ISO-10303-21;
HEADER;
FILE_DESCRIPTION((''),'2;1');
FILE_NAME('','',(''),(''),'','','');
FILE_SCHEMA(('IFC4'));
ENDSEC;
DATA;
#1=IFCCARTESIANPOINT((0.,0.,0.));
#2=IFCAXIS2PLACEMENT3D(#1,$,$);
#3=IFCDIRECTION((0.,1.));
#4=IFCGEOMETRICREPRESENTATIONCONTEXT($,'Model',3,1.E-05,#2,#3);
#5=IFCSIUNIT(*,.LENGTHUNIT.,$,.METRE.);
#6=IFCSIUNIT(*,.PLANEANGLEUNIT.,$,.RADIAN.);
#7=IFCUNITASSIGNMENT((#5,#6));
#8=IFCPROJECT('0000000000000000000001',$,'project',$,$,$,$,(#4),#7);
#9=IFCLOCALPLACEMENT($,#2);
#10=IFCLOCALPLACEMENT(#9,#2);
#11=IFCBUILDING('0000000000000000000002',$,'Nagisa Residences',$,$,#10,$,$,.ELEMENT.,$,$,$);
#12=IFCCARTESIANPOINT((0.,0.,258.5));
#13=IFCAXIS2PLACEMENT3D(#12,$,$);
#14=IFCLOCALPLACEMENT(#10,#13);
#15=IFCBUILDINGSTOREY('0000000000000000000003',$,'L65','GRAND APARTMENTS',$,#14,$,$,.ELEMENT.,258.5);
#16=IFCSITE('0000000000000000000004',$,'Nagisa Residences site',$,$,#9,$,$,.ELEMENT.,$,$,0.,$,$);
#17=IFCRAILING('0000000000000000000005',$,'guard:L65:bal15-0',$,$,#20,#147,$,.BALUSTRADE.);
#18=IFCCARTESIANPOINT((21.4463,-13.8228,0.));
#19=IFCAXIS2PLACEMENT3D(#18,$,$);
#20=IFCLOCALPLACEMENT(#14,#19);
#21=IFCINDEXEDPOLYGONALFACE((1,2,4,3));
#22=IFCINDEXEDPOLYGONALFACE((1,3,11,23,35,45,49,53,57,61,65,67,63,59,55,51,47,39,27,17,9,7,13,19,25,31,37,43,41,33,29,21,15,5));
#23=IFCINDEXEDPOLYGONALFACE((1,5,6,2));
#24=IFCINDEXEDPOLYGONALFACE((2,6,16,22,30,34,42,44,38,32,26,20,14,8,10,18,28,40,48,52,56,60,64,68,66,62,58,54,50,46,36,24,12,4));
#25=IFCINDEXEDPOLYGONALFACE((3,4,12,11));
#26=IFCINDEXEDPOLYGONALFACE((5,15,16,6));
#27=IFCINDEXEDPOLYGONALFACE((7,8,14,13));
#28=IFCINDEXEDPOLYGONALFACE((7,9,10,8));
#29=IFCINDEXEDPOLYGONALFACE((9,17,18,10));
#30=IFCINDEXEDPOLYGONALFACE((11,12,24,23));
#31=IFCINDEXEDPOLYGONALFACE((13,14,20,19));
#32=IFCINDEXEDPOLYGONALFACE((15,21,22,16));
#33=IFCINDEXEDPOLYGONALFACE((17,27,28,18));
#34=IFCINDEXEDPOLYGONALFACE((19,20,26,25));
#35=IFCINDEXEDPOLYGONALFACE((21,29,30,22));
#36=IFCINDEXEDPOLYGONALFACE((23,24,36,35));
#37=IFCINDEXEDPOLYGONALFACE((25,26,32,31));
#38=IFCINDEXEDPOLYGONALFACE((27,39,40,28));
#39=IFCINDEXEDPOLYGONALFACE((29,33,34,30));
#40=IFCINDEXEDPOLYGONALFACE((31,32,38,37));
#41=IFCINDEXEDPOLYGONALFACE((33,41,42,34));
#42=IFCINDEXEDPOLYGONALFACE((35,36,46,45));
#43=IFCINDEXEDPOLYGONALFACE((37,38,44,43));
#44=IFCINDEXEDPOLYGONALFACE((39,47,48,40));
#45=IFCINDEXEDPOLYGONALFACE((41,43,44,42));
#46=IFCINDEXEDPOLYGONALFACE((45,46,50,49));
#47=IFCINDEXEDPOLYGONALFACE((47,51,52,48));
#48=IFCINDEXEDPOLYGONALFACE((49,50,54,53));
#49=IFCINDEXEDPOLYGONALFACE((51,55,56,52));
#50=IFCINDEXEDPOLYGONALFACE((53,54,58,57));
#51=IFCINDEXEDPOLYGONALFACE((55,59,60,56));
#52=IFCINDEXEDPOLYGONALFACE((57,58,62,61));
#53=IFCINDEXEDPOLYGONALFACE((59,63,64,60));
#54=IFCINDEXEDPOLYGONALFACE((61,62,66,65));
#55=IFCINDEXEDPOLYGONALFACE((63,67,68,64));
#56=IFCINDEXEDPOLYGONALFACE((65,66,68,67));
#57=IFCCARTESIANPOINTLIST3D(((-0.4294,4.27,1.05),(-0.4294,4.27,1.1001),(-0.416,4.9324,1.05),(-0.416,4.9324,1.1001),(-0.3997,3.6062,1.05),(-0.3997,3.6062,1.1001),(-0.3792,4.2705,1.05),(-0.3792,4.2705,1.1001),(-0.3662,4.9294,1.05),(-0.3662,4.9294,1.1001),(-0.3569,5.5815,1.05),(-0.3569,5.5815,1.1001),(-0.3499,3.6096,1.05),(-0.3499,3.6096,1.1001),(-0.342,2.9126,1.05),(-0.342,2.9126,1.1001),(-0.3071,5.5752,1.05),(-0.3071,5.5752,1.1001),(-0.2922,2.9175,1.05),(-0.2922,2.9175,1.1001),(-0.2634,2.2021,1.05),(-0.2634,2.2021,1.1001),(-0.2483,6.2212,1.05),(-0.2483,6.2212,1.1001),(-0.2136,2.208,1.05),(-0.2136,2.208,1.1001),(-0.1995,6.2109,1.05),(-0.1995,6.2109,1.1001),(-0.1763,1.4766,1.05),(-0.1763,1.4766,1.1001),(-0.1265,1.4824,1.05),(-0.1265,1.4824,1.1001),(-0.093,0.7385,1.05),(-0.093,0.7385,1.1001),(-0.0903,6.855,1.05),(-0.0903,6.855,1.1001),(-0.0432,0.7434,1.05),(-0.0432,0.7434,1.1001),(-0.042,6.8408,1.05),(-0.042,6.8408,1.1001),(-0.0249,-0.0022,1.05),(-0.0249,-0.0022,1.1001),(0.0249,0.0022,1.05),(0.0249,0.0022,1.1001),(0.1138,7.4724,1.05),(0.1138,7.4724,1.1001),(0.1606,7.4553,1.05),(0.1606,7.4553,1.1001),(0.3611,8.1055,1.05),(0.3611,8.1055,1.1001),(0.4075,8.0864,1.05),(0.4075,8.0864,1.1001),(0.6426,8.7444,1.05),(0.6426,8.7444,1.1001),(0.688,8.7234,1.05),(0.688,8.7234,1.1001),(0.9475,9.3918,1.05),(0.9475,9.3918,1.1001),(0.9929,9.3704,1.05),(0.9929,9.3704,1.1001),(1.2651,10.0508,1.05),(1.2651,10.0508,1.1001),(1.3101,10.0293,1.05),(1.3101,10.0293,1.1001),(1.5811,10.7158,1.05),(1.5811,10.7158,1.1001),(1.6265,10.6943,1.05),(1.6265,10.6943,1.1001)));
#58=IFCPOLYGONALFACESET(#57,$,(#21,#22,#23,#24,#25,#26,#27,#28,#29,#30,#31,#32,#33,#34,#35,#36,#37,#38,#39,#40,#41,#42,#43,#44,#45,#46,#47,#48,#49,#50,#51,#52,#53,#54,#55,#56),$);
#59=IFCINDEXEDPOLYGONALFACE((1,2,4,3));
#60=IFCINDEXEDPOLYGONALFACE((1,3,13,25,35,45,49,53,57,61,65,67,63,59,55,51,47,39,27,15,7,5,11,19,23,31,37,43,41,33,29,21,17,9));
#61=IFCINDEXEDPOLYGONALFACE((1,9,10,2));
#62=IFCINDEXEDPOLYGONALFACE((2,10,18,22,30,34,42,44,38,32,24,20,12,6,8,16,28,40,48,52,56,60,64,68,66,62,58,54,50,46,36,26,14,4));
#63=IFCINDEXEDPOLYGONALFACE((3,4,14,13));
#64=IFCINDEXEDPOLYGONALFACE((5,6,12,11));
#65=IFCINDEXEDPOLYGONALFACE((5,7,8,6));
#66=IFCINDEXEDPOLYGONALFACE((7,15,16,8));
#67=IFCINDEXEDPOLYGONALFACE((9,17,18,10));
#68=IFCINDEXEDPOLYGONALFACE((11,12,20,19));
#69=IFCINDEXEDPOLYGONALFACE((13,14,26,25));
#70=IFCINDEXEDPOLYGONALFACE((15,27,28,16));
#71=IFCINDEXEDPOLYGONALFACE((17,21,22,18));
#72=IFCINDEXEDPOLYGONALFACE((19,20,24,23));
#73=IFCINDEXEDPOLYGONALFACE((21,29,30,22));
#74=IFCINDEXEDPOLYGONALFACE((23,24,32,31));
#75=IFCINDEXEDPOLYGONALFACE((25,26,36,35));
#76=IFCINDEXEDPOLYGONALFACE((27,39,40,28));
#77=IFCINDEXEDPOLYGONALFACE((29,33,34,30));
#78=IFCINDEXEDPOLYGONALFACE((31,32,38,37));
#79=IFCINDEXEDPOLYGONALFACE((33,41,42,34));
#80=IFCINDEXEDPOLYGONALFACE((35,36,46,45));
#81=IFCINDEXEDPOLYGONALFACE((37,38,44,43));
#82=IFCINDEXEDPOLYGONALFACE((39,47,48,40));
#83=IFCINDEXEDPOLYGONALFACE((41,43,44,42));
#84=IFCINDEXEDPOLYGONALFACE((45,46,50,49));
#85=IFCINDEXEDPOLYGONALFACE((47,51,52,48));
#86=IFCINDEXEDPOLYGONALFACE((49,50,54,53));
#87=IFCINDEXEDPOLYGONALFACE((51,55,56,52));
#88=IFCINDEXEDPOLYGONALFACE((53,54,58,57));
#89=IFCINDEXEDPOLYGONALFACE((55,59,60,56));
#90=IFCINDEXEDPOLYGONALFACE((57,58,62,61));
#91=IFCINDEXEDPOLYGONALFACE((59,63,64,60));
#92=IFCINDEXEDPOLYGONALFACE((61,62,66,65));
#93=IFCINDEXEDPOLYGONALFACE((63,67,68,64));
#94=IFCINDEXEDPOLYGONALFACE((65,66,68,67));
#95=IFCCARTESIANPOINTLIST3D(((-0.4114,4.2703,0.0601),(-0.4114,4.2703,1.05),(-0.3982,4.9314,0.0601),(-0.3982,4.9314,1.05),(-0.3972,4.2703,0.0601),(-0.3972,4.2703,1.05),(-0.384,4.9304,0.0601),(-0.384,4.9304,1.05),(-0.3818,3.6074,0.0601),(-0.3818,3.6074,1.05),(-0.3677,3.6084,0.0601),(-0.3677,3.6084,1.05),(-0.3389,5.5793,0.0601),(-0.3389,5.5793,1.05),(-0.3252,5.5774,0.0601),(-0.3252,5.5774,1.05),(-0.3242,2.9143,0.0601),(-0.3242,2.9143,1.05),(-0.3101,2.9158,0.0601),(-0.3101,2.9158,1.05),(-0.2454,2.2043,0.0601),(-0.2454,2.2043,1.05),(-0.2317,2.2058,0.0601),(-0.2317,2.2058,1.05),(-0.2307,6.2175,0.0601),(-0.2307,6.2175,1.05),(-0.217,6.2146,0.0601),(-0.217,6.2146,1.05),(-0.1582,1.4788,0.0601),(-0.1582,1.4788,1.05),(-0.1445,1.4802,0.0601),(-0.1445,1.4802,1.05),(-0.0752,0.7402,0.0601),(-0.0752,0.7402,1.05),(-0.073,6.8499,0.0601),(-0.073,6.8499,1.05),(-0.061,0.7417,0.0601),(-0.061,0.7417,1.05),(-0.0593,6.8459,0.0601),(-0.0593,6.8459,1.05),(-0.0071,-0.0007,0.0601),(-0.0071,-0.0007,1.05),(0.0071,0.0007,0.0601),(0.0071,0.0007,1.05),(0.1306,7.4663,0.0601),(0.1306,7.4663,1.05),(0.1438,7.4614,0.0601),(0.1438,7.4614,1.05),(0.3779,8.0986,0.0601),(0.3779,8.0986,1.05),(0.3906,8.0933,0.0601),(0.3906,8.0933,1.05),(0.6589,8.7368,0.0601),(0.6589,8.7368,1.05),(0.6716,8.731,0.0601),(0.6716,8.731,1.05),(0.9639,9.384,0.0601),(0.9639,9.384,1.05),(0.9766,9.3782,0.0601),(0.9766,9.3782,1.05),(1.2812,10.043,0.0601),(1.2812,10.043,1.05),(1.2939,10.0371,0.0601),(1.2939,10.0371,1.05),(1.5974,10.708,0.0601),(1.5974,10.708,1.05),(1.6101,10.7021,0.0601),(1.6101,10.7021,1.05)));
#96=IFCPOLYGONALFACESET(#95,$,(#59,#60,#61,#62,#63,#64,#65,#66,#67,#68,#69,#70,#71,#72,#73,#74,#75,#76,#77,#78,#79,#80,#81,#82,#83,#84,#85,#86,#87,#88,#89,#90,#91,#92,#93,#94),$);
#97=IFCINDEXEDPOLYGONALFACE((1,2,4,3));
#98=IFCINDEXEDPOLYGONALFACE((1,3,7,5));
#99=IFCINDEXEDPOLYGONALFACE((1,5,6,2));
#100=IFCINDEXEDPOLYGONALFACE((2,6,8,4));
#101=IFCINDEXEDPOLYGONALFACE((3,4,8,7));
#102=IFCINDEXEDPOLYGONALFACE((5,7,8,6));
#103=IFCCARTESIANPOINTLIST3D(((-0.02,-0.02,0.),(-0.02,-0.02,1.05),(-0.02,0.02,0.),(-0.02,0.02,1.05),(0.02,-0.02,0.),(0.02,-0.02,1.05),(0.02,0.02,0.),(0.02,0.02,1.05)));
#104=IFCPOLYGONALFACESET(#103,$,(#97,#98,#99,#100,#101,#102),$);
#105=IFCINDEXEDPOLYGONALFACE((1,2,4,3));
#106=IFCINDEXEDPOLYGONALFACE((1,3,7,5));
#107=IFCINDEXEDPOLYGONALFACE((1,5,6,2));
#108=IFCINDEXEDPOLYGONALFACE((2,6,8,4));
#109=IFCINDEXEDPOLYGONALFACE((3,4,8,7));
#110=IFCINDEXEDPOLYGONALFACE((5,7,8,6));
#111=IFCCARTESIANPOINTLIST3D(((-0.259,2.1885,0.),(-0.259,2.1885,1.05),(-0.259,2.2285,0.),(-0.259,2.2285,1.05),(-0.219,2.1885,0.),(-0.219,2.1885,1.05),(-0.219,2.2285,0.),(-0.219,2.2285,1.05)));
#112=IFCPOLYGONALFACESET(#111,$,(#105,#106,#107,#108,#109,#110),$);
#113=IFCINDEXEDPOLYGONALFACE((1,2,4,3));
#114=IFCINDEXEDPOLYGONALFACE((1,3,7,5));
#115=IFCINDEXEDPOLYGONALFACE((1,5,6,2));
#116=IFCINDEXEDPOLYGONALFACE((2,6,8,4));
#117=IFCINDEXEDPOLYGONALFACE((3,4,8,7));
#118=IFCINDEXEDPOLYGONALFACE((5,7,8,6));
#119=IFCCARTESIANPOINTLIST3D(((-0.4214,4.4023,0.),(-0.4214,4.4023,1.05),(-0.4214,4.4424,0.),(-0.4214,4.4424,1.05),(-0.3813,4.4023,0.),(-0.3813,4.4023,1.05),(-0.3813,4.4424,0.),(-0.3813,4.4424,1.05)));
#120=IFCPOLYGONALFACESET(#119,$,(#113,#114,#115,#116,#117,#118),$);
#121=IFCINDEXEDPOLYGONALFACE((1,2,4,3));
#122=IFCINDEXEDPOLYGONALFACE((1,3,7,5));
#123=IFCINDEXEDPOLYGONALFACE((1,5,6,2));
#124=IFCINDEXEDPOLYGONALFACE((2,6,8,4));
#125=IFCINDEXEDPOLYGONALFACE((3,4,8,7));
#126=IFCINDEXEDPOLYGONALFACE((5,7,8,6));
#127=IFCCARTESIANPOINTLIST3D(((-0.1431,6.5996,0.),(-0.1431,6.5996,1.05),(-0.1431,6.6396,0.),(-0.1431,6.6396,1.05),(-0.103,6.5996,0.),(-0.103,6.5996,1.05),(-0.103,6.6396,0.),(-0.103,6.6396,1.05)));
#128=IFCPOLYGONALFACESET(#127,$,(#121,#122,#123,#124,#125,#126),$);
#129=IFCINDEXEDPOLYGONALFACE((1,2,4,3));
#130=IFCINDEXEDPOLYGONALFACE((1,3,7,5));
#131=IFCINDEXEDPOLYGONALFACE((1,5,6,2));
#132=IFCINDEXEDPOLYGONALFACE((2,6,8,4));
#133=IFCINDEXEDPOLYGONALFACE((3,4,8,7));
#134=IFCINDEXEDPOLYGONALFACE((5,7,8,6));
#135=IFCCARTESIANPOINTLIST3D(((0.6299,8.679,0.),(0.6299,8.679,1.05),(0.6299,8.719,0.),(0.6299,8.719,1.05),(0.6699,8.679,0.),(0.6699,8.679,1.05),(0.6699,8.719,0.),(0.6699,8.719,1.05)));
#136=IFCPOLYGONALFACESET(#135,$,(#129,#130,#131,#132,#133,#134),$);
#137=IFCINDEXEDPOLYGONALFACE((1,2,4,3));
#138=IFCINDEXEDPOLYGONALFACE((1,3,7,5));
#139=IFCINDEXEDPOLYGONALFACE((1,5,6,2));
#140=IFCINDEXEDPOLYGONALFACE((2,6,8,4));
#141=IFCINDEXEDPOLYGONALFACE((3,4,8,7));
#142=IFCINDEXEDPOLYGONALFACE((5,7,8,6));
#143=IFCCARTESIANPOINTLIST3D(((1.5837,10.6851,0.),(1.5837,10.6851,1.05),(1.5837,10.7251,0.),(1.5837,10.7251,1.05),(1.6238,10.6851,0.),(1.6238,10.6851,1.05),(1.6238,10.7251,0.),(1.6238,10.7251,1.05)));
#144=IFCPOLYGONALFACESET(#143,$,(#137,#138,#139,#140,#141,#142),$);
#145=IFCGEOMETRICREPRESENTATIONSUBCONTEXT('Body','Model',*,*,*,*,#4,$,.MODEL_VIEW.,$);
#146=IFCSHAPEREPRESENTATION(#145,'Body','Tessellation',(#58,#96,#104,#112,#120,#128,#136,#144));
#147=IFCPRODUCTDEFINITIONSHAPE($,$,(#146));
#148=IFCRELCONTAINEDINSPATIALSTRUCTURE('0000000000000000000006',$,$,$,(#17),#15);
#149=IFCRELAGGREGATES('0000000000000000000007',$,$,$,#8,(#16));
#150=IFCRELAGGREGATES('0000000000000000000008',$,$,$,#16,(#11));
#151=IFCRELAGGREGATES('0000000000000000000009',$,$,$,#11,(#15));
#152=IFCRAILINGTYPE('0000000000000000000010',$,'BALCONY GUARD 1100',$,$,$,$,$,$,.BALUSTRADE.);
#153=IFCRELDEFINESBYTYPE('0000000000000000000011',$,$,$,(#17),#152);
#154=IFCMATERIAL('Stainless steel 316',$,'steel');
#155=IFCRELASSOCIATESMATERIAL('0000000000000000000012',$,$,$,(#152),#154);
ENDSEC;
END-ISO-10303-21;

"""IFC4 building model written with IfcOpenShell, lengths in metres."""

from ifc_helpers import new_model, si_unit, direction, frame, origin, origin_2d, place, context, subcontext, project, spatial, polyline, rectangle, outline, extrude, material, type_object, element, save


model = new_model("IFC4")

# Units and contexts
model_context = context("Model", 3, precision=1e-05, world=origin(), true_north=direction((0.0, 1.0)))
body_context = subcontext(model_context, "Body", "Model", "MODEL_VIEW")
ifc_project = project(units=[si_unit("LENGTHUNIT", "METRE"), si_unit("PLANEANGLEUNIT", "RADIAN")], contexts=[model_context])

# Site, building, storey
site_placement = place(None, origin())
site = spatial("IfcSite", under=ifc_project, at=site_placement, Name="Nagisa Residences site", CompositionType="ELEMENT", RefElevation=0.0)
building_placement = place(site_placement, origin())
building = spatial("IfcBuilding", under=site, at=building_placement, Name="Nagisa Residences", CompositionType="ELEMENT")
storey_placement = place(building_placement, frame((0.0, 0.0, 258.5)))
storey = spatial("IfcBuildingStorey", under=building, at=storey_placement, Name="L65", Description="GRAND APARTMENTS", CompositionType="ELEMENT", Elevation=258.5)

# Railing
ifc_material_1 = material(Name="Stainless steel 316", Category="steel")
railing_type = type_object("IfcRailingType", Name="BALCONY GUARD 1100", PredefinedType="BALUSTRADE", material=ifc_material_1)
railing_1_placement = place(storey_placement, frame((21.4463, -13.8228, 0.0)))
element("IfcRailing", 1, at=railing_1_placement, inside=storey, type_object=railing_type, Name="guard:L65:bal15-0", PredefinedType="BALUSTRADE", context=body_context, shape_type="SweptSolid", body=[
    extrude(outline(polyline([(-0.093, 0.7385), (-0.0249, -0.0022), (0.0249, 0.0022), (-0.0432, 0.7434), (-0.1265, 1.4824), (-0.2136, 2.208), (-0.2922, 2.9175), (-0.3499, 3.6096), (-0.3792, 4.2705), (-0.3662, 4.9294), (-0.3071, 5.5752), (-0.1995, 6.2109), (-0.042, 6.8408), (0.1606, 7.4553), (0.4075, 8.0864), (0.688, 8.7234), (0.9929, 9.3704), (1.3101, 10.0293), (1.6265, 10.6943), (1.5811, 10.7158), (1.2651, 10.0508), (0.9475, 9.3918), (0.6426, 8.7444), (0.3611, 8.1055), (0.1138, 7.4724), (-0.0903, 6.855), (-0.2483, 6.2212), (-0.3569, 5.5815), (-0.416, 4.9324), (-0.4294, 4.27), (-0.3997, 3.6062), (-0.342, 2.9126), (-0.2634, 2.2021), (-0.1763, 1.4766), (-0.093, 0.7385)])), frame((0.0, 0.0, 1.05)), (0.0, 0.0, 1.0), 0.05),
    extrude(outline(polyline([(-0.0752, 0.7402), (-0.0071, -0.0007), (0.0071, 0.0007), (-0.061, 0.7417), (-0.1445, 1.4802), (-0.2317, 2.2058), (-0.3101, 2.9158), (-0.3677, 3.6084), (-0.3972, 4.2703), (-0.384, 4.9304), (-0.3252, 5.5774), (-0.217, 6.2146), (-0.0593, 6.8459), (0.1438, 7.4614), (0.3906, 8.0933), (0.6716, 8.731), (0.9766, 9.3782), (1.2939, 10.0371), (1.6101, 10.7021), (1.5974, 10.708), (1.2812, 10.043), (0.9639, 9.384), (0.6589, 8.7368), (0.3779, 8.0986), (0.1306, 7.4663), (-0.073, 6.8499), (-0.2307, 6.2175), (-0.3389, 5.5793), (-0.3982, 4.9314), (-0.4114, 4.2703), (-0.3818, 3.6074), (-0.3242, 2.9143), (-0.2454, 2.2043), (-0.1582, 1.4788), (-0.0752, 0.7402)])), frame((0.0, 0.0, 0.0601)), (0.0, 0.0, 1.0), 0.99),
    extrude(rectangle(XDim=0.04, YDim=0.04, at=origin_2d()), origin(), (0.0, 0.0, 1.0), 1.05),
    extrude(rectangle(XDim=0.04, YDim=0.04, at=origin_2d()), frame((-0.239, 2.2085, 0.0)), (0.0, 0.0, 1.0), 1.05),
    extrude(rectangle(XDim=0.04, YDim=0.04, at=origin_2d()), frame((-0.4014, 4.4224, 0.0)), (0.0, 0.0, 1.0), 1.05),
    extrude(rectangle(XDim=0.04, YDim=0.04, at=origin_2d()), frame((-0.123, 6.6196, 0.0)), (0.0, 0.0, 1.0), 1.05),
    extrude(rectangle(XDim=0.04, YDim=0.04, at=origin_2d()), frame((0.6499, 8.699, 0.0)), (0.0, 0.0, 1.0), 1.05),
    extrude(rectangle(XDim=0.04, YDim=0.04, at=origin_2d()), frame((1.6038, 10.7051, 0.0)), (0.0, 0.0, 1.0), 1.05),
])

save(model, "model.ifc")
